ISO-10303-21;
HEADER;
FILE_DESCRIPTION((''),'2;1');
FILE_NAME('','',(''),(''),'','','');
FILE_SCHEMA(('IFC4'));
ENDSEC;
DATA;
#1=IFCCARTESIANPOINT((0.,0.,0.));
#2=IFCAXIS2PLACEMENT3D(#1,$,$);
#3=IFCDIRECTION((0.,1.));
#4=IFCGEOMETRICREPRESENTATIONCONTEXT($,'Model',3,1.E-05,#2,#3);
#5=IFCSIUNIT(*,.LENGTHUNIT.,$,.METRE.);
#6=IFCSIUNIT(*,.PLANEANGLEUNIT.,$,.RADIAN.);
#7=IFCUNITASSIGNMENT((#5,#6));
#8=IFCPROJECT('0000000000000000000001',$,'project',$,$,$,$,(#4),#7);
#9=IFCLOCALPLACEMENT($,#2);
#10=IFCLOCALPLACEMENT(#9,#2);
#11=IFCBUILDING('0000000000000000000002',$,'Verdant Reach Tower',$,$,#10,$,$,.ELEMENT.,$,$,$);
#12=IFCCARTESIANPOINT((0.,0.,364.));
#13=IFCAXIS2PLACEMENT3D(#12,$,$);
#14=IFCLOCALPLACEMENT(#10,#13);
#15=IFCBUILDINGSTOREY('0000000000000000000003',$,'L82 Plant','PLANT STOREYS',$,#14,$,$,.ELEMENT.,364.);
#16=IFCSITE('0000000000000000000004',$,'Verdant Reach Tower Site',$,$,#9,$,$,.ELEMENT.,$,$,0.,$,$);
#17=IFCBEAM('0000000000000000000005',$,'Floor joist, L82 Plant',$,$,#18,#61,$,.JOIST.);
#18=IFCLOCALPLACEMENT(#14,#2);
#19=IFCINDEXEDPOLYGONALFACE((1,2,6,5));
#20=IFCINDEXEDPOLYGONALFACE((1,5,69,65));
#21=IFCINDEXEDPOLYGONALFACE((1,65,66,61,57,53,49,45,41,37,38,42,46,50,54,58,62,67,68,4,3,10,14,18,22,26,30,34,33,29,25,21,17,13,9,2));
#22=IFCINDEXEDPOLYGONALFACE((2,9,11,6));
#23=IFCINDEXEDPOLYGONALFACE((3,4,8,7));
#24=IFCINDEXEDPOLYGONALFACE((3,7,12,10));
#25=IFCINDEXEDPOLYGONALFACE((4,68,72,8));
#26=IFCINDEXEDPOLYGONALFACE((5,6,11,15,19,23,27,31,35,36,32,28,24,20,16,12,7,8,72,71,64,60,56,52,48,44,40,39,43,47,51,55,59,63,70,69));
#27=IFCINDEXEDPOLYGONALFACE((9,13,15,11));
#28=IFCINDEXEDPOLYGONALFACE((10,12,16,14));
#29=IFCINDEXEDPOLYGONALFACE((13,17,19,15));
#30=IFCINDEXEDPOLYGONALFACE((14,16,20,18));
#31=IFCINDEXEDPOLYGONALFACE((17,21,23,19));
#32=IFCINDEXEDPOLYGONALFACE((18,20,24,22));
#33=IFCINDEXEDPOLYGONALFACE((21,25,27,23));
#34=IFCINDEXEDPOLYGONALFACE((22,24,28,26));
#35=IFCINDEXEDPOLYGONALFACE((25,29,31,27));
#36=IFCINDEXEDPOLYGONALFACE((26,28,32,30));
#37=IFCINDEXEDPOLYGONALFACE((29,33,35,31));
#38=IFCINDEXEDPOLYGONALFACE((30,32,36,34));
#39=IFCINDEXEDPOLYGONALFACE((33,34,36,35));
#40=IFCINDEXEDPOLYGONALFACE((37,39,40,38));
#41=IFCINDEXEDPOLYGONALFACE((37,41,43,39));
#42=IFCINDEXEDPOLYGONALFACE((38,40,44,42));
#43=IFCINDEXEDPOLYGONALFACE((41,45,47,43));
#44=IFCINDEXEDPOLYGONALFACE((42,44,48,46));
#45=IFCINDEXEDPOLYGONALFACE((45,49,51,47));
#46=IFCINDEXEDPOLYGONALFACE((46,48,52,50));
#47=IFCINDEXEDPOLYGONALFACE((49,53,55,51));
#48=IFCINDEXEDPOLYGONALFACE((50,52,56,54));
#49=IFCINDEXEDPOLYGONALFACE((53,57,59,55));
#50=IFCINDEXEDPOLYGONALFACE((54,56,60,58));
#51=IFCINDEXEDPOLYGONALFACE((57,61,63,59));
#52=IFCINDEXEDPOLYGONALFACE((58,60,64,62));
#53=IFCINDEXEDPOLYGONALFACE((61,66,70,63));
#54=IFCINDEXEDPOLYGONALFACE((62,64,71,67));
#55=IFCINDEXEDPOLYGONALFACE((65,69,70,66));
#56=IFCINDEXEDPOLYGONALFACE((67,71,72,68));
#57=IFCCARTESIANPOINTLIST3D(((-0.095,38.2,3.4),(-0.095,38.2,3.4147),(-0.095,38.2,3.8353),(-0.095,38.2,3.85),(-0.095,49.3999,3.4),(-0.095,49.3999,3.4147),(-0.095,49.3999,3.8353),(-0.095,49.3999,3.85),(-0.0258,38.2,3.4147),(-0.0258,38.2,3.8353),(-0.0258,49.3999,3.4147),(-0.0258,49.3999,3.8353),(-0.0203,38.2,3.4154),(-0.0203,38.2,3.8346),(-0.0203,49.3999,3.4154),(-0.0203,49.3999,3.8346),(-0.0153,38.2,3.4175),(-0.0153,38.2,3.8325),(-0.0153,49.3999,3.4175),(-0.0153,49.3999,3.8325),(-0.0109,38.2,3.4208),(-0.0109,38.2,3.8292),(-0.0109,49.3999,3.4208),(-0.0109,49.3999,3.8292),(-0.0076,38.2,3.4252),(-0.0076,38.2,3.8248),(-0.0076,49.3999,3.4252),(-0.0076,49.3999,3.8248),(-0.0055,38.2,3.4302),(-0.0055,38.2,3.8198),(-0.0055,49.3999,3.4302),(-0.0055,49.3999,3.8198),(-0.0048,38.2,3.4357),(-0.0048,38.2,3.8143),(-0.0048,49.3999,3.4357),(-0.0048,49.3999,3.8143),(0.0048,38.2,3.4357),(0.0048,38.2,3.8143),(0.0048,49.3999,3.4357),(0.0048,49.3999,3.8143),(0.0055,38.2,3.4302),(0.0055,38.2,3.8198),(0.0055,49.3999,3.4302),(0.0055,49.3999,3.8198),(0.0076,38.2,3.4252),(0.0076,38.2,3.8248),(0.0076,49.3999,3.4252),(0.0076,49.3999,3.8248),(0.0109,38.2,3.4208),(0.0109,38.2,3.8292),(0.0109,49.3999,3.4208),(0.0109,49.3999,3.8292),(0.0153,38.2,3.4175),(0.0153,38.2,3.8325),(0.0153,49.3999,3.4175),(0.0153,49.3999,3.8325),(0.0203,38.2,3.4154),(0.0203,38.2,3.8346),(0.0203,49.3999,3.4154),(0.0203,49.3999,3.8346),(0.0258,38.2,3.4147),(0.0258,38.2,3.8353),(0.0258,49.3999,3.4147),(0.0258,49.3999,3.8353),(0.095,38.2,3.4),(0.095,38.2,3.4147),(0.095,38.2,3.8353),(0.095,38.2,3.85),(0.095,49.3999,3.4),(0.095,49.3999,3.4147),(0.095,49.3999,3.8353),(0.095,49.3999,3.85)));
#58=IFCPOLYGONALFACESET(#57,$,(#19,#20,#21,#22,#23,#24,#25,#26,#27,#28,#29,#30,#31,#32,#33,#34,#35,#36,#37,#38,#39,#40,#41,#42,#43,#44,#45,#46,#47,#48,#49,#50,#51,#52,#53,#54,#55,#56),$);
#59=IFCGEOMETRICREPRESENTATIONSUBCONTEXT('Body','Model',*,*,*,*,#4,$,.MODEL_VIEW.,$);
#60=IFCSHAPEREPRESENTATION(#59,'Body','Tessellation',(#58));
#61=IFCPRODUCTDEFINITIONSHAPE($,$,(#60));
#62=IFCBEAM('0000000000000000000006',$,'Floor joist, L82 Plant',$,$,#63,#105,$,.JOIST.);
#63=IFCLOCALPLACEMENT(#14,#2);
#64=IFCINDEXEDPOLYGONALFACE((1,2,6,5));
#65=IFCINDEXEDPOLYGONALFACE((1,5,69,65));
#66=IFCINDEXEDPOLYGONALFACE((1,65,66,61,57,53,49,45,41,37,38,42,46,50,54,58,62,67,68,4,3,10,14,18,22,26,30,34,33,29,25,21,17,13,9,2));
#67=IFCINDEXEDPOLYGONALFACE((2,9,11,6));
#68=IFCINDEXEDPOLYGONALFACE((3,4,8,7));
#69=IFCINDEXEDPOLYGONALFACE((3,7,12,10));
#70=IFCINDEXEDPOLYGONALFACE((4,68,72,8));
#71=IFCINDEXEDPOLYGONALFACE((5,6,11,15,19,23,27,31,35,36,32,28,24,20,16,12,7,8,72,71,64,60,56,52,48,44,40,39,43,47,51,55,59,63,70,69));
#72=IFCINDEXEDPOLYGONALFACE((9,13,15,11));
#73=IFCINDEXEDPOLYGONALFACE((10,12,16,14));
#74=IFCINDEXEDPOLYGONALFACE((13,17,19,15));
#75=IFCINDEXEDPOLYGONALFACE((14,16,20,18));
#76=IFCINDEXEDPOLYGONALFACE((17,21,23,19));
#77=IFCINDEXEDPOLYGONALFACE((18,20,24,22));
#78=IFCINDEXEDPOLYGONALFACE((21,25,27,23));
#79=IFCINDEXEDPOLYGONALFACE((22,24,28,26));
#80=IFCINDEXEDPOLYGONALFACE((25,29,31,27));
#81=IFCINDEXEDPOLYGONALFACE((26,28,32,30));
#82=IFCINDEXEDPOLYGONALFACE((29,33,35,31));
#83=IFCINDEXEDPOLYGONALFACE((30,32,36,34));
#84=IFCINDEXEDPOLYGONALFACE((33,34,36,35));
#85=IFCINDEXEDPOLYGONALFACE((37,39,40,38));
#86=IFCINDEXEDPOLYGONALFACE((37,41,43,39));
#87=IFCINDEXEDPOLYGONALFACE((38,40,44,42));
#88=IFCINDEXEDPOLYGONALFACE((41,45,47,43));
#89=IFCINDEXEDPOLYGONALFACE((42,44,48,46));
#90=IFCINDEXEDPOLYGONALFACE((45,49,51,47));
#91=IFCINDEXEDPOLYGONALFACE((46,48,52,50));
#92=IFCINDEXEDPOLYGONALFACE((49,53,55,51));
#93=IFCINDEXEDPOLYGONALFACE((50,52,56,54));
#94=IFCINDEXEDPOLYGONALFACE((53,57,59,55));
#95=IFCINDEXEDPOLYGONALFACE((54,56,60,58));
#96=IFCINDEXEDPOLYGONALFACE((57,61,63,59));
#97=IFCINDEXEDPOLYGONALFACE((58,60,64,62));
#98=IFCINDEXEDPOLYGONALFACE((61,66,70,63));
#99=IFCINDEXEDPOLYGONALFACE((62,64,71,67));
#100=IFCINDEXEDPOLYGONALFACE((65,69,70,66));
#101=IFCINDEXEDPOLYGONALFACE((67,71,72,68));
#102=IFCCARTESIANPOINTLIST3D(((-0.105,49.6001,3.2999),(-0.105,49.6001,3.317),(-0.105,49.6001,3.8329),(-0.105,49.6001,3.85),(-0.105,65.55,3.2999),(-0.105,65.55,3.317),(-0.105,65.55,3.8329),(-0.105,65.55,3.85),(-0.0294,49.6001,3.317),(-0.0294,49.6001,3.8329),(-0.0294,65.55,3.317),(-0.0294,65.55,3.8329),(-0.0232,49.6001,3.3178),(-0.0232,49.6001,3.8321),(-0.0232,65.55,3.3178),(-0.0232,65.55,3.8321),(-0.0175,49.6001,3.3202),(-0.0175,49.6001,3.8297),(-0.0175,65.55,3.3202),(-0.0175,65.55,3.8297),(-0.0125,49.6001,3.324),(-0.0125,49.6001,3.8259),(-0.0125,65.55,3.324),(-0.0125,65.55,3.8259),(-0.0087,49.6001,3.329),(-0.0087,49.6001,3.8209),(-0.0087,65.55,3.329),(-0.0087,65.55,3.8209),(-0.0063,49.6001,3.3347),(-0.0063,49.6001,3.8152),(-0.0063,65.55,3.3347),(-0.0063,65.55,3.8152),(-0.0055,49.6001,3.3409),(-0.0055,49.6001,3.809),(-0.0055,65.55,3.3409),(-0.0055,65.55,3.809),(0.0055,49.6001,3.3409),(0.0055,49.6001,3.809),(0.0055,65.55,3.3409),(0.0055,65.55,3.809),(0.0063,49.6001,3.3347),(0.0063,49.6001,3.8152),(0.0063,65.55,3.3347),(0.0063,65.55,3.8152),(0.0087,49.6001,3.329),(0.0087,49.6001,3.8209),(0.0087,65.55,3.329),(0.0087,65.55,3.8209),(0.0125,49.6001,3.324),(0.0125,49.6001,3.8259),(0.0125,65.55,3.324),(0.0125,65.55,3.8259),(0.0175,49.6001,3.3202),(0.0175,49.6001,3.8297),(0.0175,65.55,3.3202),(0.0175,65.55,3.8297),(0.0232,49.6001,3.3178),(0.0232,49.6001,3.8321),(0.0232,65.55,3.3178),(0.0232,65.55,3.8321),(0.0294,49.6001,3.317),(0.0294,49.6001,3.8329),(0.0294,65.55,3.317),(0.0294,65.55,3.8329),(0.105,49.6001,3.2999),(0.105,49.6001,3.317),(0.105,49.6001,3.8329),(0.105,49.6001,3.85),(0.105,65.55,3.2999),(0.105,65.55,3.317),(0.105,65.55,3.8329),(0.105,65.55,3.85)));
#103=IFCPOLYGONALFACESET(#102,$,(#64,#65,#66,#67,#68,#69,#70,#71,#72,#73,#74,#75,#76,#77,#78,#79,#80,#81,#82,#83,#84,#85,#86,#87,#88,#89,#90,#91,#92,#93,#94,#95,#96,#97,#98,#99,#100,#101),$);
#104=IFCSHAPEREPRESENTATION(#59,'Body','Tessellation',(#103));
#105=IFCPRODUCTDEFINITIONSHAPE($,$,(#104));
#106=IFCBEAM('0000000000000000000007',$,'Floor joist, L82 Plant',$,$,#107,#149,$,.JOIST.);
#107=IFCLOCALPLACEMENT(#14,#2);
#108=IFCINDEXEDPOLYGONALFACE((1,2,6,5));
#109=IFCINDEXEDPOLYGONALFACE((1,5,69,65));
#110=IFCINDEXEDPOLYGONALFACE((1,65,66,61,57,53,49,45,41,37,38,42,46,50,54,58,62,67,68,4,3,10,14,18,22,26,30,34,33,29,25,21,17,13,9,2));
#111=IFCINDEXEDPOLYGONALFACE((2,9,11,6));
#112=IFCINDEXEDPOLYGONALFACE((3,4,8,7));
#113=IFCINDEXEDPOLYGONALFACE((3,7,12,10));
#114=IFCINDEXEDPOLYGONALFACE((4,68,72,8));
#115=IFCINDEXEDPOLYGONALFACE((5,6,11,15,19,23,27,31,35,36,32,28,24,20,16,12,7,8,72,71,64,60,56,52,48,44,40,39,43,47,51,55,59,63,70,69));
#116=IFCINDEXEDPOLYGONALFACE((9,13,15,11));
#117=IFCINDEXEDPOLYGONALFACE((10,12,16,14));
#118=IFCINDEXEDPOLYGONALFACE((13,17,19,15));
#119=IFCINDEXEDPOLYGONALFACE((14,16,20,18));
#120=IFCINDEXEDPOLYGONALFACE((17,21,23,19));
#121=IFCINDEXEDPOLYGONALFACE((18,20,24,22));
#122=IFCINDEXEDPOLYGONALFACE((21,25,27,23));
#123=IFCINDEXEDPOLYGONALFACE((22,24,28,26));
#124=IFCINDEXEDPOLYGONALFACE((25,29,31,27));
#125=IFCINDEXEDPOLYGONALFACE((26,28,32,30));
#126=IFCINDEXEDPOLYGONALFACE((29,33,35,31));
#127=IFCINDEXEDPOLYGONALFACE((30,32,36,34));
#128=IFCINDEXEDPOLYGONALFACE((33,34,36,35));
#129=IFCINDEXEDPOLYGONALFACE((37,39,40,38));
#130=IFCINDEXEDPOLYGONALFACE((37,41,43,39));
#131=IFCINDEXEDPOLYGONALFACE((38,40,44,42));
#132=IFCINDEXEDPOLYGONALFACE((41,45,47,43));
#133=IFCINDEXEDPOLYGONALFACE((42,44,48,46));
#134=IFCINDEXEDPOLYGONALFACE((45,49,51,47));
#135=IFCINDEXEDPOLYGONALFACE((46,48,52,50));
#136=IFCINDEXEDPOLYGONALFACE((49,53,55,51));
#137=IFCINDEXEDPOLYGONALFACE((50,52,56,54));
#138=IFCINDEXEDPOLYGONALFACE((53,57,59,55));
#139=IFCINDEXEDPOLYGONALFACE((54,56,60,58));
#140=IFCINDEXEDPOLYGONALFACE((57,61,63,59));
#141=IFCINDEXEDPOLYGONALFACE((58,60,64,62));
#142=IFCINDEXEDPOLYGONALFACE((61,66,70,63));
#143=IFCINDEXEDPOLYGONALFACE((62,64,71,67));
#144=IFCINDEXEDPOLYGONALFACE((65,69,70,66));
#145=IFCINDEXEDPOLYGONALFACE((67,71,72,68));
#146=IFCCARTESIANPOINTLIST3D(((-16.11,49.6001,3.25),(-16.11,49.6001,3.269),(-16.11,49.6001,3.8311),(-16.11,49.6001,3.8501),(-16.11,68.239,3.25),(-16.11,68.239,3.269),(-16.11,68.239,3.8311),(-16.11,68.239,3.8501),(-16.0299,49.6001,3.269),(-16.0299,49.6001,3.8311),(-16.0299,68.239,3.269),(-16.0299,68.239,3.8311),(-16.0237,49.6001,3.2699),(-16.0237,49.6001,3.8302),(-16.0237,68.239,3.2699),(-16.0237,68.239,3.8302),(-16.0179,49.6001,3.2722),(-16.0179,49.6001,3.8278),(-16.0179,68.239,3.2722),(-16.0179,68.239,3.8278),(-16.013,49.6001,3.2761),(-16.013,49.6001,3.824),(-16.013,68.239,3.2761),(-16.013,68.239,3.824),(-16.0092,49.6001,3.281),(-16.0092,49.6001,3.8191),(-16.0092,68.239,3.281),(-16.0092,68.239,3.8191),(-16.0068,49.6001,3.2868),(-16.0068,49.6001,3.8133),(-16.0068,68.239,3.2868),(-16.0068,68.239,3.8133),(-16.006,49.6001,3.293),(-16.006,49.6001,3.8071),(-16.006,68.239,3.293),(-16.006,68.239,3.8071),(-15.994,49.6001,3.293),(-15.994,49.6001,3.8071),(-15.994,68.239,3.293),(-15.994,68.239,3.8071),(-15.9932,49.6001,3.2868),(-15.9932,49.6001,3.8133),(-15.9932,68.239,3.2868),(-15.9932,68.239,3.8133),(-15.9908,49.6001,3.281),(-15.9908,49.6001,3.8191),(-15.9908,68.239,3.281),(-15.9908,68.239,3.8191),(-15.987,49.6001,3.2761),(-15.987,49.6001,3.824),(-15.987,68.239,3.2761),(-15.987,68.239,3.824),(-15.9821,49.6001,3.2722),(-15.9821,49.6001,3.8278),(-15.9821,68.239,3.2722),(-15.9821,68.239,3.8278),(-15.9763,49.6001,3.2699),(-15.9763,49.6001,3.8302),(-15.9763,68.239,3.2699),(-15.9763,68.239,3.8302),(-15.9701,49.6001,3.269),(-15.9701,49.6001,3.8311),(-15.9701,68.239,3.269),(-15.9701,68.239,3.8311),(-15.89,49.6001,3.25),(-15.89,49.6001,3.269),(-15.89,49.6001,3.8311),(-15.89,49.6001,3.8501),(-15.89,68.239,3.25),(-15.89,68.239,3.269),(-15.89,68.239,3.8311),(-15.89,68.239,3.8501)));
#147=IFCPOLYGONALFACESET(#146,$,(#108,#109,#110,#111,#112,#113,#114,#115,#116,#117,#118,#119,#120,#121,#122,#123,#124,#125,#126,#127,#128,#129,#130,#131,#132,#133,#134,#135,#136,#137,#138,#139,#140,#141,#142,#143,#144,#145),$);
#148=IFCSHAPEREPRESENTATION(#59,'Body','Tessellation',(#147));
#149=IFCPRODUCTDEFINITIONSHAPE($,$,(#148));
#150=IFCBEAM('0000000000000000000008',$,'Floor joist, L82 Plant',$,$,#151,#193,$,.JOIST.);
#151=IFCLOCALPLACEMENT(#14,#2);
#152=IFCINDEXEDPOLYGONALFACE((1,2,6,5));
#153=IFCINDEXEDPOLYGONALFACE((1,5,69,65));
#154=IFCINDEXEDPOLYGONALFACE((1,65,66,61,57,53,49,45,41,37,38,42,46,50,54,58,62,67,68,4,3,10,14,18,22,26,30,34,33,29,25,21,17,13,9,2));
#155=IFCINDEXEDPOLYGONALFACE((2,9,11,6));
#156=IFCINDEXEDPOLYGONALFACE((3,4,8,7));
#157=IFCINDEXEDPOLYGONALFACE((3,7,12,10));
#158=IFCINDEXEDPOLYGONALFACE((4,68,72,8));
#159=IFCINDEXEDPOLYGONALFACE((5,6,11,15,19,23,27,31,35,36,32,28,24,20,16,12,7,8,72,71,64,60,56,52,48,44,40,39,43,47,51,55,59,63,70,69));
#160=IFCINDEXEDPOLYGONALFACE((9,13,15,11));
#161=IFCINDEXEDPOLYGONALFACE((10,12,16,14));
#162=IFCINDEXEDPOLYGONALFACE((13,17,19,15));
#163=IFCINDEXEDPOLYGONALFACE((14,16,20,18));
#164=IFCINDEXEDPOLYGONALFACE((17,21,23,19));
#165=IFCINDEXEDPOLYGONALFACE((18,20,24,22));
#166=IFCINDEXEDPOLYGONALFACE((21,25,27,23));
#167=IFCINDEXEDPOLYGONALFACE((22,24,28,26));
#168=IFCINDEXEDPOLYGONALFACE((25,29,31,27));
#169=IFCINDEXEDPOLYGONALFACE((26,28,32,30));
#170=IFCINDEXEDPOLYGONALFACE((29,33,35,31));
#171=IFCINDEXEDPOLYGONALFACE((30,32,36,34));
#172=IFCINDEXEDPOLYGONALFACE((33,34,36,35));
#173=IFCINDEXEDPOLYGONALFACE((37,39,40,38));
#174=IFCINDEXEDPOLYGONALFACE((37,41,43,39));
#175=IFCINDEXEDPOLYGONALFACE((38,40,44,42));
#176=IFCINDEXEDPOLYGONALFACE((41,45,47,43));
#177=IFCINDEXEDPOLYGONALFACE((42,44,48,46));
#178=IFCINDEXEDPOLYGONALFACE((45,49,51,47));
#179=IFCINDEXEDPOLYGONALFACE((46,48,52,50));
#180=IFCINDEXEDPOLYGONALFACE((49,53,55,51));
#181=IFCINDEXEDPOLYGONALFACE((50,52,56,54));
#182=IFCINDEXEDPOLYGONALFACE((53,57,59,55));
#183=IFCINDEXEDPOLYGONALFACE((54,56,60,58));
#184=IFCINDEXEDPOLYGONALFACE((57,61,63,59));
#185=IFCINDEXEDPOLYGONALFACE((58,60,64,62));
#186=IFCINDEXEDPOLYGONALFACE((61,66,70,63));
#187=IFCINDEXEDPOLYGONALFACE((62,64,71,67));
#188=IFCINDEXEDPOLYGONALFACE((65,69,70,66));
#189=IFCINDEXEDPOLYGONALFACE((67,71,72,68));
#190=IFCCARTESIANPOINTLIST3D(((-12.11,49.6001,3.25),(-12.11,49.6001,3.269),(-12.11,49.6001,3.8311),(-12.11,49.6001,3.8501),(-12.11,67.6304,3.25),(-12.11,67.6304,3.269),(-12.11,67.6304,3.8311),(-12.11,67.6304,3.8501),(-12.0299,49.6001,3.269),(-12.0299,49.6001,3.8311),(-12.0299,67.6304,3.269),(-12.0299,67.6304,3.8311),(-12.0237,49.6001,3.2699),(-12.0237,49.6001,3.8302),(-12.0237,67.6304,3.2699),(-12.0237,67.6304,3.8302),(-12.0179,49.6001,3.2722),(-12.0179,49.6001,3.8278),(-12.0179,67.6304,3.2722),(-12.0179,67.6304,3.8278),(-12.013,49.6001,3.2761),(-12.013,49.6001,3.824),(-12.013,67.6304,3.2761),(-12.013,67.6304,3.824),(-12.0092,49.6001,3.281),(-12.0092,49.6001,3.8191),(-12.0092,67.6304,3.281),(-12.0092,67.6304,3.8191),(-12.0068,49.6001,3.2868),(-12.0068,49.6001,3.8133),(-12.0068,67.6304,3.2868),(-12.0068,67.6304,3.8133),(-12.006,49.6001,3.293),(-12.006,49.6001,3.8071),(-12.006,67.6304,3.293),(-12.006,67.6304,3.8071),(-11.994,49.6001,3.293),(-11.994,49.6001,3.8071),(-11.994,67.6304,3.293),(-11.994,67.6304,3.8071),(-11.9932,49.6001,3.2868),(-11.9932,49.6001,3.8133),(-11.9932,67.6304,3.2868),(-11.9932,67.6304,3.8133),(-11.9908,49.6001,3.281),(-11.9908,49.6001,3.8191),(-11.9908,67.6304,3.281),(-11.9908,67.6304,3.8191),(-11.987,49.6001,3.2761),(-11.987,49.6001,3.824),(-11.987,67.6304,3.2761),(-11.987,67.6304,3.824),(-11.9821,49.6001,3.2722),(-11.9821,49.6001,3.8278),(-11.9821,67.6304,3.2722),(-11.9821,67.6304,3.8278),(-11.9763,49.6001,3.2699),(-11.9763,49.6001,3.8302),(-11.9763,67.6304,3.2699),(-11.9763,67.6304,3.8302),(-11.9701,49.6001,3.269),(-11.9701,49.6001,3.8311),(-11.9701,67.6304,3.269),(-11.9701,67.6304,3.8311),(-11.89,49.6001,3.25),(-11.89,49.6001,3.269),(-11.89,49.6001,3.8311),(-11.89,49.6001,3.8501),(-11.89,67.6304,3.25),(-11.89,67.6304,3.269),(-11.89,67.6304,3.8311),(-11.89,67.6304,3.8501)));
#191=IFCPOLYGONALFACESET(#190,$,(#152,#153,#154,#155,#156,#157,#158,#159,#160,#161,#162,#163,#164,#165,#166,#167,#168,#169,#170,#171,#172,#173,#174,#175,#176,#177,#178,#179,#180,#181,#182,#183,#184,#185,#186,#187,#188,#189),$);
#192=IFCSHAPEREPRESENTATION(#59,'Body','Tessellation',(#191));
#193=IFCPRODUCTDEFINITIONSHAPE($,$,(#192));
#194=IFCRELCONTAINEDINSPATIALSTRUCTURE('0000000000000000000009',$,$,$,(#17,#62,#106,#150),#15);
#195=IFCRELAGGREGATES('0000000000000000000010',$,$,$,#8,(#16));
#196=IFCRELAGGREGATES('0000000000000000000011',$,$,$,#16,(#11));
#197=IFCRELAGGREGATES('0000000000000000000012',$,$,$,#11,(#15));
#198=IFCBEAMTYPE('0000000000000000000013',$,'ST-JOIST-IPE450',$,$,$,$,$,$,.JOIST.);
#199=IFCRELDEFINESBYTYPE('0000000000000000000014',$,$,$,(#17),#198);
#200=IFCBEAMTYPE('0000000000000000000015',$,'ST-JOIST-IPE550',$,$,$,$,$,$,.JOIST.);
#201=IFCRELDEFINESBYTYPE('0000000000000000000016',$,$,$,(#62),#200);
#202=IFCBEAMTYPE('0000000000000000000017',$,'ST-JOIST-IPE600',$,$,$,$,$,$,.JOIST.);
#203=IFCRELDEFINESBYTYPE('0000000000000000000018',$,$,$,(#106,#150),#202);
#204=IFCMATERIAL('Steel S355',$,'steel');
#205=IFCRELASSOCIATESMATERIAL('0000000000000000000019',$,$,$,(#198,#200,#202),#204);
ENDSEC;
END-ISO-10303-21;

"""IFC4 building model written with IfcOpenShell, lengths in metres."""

from ifc_helpers import new_model, si_unit, direction, frame, origin, origin_2d, place, context, subcontext, project, spatial, i_section, extrude, material, material_profile, profile_set, type_object, element, save


model = new_model("IFC4")

# Units and contexts
model_context = context("Model", 3, precision=1e-05, world=origin(), true_north=direction((0.0, 1.0)))
body_context = subcontext(model_context, "Body", "Model", "MODEL_VIEW")
ifc_project = project(units=[si_unit("LENGTHUNIT", "METRE"), si_unit("PLANEANGLEUNIT", "RADIAN")], contexts=[model_context])

# Site, building, storey
site_placement = place(None, origin())
site = spatial("IfcSite", under=ifc_project, at=site_placement, Name="Verdant Reach Tower Site", CompositionType="ELEMENT", RefElevation=0.0)
building_placement = place(site_placement, origin())
building = spatial("IfcBuilding", under=site, at=building_placement, Name="Verdant Reach Tower", CompositionType="ELEMENT")
storey_placement = place(building_placement, frame((0.0, 0.0, 364.0)))
storey = spatial("IfcBuildingStorey", under=building, at=storey_placement, Name="L82 Plant", Description="PLANT STOREYS", CompositionType="ELEMENT", Elevation=364.0)

# Beams
ifc_material_1 = material(Name="Steel S355", Category="steel")
ifc_material_profile_1 = material_profile(ifc_material_1, i_section(OverallWidth=0.1899, OverallDepth=0.45, WebThickness=0.0095, FlangeThickness=0.0146, FilletRadius=0.021, at=origin_2d()), Name="IPE 450")
ifc_profile_set_1 = profile_set([ifc_material_profile_1], Name="Steel S355")
beam_type_1 = type_object("IfcBeamType", Name="ST-JOIST-IPE450", PredefinedType="JOIST", material=ifc_profile_set_1)
for number, where, z_axis, x_axis, name in (
    (1, (0.0, 38.2, 3.625), (0.0, 1.0, 0.0), (-1.0, 0.0, 0.0), "Floor joist, L82 Plant"),
):
    element("IfcBeam", number, at=place(storey_placement, frame(where, z_axis=z_axis, x_axis=x_axis)), inside=storey, type_object=beam_type_1, Name=name, PredefinedType="JOIST", context=body_context, shape_type="SweptSolid", body=[
        extrude(i_section(OverallWidth=0.1899, OverallDepth=0.45, WebThickness=0.0095, FlangeThickness=0.0146, FilletRadius=0.021, at=origin_2d()), origin(), (0.0, 0.0, 1.0), 11.2),
    ])
ifc_material_profile_2 = material_profile(ifc_material_1, i_section(OverallWidth=0.21, OverallDepth=0.55, WebThickness=0.011, FlangeThickness=0.0171, FilletRadius=0.0239, at=origin_2d()), Name="IPE 550")
ifc_profile_set_2 = profile_set([ifc_material_profile_2], Name="Steel S355")
beam_type_2 = type_object("IfcBeamType", Name="ST-JOIST-IPE550", PredefinedType="JOIST", material=ifc_profile_set_2)
beam_1_placement = place(storey_placement, frame((0.0, 49.6001, 3.575), z_axis=(0.0, 1.0, 0.0), x_axis=(-1.0, 0.0, 0.0)))
element("IfcBeam", 2, at=beam_1_placement, inside=storey, type_object=beam_type_2, Name="Floor joist, L82 Plant", PredefinedType="JOIST", context=body_context, shape_type="SweptSolid", body=[
    extrude(i_section(OverallWidth=0.21, OverallDepth=0.55, WebThickness=0.011, FlangeThickness=0.0171, FilletRadius=0.0239, at=origin_2d()), origin(), (0.0, 0.0, 1.0), 15.95),
])
ifc_material_profile_3 = material_profile(ifc_material_1, i_section(OverallWidth=0.22, OverallDepth=0.6001, WebThickness=0.012, FlangeThickness=0.019, FilletRadius=0.0239, at=origin_2d()), Name="IPE 600")
ifc_profile_set_3 = profile_set([ifc_material_profile_3], Name="Steel S355")
beam_type_3 = type_object("IfcBeamType", Name="ST-JOIST-IPE600", PredefinedType="JOIST", material=ifc_profile_set_3)
beam_2_placement = place(storey_placement, frame((-16.0, 49.6001, 3.55), z_axis=(0.0, 1.0, 0.0), x_axis=(-1.0, 0.0, 0.0)))
element("IfcBeam", 3, at=beam_2_placement, inside=storey, type_object=beam_type_3, Name="Floor joist, L82 Plant", PredefinedType="JOIST", context=body_context, shape_type="SweptSolid", body=[
    extrude(i_section(OverallWidth=0.22, OverallDepth=0.6001, WebThickness=0.012, FlangeThickness=0.019, FilletRadius=0.0239, at=origin_2d()), origin(), (0.0, 0.0, 1.0), 18.6389),
])
beam_3_placement = place(storey_placement, frame((-12.0, 49.6001, 3.55), z_axis=(0.0, 1.0, 0.0), x_axis=(-1.0, 0.0, 0.0)))
element("IfcBeam", 4, at=beam_3_placement, inside=storey, type_object=beam_type_3, Name="Floor joist, L82 Plant", PredefinedType="JOIST", context=body_context, shape_type="SweptSolid", body=[
    extrude(i_section(OverallWidth=0.22, OverallDepth=0.6001, WebThickness=0.012, FlangeThickness=0.019, FilletRadius=0.0239, at=origin_2d()), origin(), (0.0, 0.0, 1.0), 18.0303),
])

save(model, "model.ifc")
